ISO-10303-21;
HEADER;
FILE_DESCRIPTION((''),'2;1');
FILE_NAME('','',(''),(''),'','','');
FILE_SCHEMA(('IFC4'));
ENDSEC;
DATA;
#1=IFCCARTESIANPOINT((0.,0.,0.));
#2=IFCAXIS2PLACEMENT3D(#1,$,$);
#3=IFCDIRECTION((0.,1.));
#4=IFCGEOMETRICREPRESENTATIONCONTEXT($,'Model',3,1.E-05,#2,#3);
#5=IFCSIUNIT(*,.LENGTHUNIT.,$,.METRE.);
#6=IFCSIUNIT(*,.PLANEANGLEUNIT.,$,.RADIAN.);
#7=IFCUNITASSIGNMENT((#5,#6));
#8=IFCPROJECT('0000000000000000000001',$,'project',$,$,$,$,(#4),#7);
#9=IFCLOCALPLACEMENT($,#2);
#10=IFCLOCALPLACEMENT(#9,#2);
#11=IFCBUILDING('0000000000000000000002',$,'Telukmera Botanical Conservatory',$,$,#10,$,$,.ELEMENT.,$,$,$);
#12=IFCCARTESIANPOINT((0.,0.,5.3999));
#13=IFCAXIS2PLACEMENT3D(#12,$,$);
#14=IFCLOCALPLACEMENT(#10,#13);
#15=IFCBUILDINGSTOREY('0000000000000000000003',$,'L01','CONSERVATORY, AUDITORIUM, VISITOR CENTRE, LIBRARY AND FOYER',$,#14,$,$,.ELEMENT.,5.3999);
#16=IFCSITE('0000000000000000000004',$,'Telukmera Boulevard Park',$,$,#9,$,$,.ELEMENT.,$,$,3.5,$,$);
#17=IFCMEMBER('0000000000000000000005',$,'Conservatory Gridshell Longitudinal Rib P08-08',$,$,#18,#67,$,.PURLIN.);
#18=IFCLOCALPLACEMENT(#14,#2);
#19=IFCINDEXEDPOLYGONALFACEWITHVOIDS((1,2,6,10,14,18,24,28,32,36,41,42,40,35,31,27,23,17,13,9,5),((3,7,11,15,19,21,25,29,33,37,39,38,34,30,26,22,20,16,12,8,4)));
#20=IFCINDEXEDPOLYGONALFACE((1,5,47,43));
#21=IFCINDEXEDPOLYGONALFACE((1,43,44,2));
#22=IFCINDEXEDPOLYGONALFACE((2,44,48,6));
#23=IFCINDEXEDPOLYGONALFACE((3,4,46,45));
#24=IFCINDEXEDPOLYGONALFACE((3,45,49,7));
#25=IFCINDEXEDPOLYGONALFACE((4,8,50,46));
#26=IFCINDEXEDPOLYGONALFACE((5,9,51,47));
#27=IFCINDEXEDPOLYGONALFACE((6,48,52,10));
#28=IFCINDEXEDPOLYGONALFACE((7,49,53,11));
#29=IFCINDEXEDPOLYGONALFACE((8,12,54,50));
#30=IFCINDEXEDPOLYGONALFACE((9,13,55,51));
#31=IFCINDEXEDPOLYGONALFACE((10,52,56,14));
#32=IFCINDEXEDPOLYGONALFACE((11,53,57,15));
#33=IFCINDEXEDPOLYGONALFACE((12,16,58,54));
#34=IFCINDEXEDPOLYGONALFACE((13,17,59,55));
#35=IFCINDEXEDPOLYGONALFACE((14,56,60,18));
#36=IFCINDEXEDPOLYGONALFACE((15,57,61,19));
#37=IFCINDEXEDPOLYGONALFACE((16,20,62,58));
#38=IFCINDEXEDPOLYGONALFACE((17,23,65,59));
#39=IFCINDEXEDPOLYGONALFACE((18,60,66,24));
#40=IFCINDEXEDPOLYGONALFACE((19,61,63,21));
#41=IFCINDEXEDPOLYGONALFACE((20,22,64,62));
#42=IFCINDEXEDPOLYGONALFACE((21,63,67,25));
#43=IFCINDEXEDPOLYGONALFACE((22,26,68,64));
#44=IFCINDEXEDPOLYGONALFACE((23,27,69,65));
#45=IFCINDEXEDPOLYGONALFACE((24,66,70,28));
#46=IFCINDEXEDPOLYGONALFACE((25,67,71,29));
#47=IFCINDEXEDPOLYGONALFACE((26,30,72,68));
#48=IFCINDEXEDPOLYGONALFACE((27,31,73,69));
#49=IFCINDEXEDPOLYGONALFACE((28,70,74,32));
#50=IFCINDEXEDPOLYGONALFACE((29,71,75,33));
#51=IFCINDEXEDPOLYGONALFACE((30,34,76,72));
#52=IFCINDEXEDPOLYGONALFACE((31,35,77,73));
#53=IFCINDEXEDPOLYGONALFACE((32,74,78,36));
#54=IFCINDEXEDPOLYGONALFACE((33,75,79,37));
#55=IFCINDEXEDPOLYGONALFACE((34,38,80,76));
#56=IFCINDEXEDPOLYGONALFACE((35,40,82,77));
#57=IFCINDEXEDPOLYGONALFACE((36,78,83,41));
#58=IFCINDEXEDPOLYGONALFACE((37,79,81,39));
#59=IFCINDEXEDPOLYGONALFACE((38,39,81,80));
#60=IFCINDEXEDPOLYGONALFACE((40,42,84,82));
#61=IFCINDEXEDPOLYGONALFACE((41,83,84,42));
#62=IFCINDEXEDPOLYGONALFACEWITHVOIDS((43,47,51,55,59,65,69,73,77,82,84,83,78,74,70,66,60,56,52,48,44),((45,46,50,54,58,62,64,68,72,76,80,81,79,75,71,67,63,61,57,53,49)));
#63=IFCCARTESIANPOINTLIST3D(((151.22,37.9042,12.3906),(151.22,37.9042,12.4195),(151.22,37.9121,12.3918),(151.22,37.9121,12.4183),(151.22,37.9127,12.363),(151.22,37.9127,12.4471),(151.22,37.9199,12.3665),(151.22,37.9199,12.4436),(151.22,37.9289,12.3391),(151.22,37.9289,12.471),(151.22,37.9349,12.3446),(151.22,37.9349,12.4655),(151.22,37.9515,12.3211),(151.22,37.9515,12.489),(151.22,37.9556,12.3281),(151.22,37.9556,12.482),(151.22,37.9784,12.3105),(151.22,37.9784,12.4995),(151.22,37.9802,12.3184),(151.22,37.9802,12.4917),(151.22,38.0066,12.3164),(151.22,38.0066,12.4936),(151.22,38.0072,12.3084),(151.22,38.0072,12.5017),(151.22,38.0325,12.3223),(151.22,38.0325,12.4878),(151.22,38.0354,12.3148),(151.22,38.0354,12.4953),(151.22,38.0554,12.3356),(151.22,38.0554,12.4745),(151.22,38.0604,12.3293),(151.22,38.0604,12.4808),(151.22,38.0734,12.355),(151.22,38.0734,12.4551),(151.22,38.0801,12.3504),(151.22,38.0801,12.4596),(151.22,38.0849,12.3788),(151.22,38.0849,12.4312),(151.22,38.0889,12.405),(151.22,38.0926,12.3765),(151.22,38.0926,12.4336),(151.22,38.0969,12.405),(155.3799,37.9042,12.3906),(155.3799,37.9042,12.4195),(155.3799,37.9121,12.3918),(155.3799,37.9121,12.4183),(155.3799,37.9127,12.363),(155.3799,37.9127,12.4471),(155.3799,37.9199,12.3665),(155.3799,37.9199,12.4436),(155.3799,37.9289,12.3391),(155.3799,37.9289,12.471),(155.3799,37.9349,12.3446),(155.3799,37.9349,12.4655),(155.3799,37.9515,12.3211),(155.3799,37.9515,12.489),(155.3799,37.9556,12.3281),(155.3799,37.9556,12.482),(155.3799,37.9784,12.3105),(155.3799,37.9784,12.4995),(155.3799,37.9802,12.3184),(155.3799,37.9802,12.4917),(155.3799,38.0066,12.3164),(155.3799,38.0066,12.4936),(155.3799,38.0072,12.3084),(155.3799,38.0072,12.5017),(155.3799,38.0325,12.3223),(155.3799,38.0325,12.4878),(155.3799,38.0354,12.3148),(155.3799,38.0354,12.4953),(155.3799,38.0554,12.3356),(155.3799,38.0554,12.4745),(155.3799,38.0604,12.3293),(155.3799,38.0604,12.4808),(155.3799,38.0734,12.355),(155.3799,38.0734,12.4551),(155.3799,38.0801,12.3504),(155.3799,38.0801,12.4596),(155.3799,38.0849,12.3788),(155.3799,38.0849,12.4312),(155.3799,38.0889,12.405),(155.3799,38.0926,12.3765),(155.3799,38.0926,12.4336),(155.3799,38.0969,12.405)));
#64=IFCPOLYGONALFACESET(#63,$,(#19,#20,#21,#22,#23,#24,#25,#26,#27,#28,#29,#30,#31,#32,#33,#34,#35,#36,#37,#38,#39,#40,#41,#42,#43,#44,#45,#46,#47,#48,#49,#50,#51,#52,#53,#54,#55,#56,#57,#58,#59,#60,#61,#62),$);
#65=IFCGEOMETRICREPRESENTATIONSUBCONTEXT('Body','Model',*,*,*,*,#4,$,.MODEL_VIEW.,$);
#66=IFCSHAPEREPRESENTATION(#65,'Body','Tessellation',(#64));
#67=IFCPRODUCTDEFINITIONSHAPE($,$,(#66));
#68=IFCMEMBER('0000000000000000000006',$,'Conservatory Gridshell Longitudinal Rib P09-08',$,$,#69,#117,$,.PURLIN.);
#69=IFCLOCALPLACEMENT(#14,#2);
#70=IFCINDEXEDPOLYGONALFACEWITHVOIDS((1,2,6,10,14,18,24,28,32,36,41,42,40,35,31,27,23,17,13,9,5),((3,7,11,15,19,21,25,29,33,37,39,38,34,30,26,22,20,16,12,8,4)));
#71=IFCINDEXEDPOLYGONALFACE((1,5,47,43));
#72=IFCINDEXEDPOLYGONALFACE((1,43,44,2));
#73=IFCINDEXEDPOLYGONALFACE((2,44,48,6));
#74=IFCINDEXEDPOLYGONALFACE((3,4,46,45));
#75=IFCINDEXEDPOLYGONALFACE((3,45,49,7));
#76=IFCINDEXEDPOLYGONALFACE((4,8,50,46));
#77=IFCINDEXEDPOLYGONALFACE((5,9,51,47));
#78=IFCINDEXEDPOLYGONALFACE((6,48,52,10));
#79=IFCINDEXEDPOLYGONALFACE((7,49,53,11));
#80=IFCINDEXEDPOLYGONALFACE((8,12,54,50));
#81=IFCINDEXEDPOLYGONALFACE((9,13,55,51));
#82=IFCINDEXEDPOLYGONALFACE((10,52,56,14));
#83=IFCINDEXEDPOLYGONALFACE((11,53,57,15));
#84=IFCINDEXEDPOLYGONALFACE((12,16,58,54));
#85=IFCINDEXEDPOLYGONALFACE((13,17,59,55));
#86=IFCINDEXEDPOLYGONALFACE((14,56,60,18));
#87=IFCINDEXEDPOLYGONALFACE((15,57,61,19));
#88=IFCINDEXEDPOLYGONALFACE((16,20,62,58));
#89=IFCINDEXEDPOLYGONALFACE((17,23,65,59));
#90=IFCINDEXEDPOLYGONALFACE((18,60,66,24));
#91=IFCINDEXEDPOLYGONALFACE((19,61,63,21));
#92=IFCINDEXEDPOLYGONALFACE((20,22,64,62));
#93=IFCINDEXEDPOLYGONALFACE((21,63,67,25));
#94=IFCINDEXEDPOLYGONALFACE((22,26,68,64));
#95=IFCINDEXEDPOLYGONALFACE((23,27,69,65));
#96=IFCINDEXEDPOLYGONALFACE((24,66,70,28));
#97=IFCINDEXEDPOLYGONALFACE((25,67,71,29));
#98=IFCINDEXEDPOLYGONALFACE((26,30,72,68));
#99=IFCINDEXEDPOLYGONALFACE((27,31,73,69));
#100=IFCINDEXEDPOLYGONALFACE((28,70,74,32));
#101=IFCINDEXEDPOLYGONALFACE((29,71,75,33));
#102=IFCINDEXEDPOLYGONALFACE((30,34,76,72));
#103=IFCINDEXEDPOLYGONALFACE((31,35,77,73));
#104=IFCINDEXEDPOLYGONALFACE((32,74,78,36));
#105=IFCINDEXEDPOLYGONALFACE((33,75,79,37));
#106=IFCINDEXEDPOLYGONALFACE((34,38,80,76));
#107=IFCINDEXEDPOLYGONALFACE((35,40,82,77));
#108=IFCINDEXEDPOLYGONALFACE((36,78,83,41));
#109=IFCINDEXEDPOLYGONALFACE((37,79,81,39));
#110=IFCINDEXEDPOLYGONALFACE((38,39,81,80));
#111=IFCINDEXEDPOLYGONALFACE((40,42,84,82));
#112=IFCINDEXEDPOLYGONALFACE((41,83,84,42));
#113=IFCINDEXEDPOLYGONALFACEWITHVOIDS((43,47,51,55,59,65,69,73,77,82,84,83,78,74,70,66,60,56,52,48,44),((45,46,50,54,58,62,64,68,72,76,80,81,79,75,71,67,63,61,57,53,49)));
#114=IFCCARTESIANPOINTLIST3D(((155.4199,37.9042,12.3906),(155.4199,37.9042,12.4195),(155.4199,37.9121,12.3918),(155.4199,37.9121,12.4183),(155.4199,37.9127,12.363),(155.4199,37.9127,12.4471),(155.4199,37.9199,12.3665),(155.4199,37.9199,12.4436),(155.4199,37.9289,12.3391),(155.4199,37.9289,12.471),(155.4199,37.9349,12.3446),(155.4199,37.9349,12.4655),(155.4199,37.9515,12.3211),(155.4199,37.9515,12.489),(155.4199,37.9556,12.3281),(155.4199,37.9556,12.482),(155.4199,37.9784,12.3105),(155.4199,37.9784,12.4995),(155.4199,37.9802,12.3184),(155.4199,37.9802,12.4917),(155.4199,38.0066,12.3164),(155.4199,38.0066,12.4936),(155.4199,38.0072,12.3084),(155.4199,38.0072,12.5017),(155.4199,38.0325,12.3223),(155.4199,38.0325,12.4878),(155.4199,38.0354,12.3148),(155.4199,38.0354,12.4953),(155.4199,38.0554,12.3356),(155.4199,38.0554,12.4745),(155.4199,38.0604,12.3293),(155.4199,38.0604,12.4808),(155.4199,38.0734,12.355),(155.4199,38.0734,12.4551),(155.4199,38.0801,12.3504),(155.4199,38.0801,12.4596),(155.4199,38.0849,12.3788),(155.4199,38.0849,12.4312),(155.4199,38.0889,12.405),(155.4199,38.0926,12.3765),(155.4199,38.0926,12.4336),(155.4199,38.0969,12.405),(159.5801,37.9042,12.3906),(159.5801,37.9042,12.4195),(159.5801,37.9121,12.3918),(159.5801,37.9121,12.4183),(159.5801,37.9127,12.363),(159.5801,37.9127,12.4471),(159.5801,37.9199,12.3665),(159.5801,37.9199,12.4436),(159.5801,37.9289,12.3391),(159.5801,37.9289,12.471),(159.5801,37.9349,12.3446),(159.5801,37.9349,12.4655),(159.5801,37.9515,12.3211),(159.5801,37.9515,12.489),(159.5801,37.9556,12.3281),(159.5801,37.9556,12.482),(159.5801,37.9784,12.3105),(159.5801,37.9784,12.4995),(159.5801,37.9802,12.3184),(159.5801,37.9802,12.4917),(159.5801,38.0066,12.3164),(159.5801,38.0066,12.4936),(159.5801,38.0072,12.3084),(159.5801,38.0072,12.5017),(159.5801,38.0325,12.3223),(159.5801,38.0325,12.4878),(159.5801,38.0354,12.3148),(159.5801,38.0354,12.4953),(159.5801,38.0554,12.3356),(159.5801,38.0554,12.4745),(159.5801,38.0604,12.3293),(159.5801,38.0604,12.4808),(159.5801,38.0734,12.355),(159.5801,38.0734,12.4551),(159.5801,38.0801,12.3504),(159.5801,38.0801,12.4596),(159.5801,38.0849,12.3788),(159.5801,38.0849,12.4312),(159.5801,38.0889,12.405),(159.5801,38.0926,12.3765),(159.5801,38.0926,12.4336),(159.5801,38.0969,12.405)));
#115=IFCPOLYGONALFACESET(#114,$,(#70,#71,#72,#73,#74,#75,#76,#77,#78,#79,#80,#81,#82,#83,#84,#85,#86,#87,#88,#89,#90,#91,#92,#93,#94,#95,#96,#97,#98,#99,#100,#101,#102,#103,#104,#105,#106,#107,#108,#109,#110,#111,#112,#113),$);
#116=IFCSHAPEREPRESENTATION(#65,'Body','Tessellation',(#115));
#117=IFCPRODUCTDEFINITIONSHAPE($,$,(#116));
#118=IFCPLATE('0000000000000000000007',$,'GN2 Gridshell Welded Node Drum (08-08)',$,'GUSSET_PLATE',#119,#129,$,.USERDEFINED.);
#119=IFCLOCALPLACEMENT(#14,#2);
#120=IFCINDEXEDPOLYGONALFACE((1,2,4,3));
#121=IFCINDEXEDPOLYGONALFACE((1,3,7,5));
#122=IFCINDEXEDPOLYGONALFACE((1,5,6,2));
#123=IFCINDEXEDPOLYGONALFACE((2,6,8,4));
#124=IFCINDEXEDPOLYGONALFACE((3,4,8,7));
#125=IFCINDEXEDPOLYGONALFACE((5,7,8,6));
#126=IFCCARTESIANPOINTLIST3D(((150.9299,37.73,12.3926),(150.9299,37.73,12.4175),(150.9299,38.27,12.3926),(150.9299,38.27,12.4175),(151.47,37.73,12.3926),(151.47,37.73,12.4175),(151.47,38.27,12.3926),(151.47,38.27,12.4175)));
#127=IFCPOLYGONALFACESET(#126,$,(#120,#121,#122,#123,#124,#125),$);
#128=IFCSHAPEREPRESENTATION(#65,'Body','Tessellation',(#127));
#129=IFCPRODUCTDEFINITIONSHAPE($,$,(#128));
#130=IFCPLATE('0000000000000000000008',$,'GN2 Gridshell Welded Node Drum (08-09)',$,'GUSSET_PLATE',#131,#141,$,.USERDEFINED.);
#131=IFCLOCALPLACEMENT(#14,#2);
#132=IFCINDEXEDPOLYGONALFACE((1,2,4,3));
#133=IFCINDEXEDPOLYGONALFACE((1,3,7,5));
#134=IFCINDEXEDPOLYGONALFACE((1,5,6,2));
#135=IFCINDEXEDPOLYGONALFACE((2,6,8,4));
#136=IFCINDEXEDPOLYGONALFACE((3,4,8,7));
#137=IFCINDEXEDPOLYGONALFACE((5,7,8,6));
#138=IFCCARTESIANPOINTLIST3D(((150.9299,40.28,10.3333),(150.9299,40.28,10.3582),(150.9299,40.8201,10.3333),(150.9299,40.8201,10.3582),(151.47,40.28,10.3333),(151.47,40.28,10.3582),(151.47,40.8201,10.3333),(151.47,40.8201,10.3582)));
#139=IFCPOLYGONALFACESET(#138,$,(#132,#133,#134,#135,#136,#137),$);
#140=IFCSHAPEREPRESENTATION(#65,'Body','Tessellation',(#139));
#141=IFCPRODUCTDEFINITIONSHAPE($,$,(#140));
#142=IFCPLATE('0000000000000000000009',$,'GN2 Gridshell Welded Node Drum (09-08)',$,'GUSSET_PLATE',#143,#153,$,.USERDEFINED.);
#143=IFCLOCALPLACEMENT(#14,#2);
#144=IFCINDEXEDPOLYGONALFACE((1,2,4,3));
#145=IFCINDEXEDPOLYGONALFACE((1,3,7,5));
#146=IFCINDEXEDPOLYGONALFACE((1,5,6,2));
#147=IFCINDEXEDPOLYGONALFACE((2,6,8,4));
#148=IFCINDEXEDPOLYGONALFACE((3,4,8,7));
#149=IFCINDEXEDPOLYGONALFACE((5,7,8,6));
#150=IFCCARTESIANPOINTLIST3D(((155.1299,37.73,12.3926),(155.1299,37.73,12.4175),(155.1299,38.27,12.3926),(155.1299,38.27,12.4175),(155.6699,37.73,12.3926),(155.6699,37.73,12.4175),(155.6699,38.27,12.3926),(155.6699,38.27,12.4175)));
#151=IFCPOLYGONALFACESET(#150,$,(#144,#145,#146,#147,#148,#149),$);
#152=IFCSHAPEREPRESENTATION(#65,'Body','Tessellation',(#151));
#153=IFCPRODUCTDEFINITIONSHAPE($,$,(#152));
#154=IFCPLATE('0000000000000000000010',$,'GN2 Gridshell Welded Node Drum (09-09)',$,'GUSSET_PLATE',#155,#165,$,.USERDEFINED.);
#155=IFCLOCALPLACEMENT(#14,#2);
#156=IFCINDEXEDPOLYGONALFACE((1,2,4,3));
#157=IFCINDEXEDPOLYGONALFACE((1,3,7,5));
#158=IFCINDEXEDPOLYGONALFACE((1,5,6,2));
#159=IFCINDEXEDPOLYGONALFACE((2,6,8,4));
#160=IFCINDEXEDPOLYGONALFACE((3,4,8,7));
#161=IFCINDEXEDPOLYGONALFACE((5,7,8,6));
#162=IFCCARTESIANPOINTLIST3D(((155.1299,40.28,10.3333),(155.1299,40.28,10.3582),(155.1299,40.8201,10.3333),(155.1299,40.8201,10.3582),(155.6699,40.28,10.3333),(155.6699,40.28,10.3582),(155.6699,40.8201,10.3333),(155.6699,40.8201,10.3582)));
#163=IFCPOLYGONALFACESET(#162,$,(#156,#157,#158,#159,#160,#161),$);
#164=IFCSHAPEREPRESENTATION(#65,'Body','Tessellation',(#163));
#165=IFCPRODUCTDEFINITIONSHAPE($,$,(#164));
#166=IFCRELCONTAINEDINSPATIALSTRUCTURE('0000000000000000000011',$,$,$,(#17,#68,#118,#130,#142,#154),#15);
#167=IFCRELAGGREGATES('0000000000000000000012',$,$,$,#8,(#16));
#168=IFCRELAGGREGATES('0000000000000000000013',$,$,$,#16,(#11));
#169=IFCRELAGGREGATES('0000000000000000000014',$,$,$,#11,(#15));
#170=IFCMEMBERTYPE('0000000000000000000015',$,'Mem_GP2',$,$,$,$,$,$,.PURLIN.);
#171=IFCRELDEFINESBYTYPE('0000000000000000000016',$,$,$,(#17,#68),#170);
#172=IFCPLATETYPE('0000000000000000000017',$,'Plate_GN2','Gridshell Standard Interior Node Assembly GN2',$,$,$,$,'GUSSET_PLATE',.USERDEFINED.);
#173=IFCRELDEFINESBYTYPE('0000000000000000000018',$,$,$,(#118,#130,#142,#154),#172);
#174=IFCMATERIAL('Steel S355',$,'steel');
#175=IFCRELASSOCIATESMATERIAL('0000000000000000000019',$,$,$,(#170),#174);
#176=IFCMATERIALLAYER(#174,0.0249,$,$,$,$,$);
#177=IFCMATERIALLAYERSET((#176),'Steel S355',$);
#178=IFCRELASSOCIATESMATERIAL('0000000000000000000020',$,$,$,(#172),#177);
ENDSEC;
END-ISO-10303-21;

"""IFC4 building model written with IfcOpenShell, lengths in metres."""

from ifc_helpers import new_model, si_unit, direction, frame, origin, origin_2d, place, context, subcontext, project, spatial, rectangle, hollow_circle, extrude, material, layer, layer_set, material_profile, profile_set, type_object, element, save


model = new_model("IFC4")

# Units and contexts
model_context = context("Model", 3, precision=1e-05, world=origin(), true_north=direction((0.0, 1.0)))
body_context = subcontext(model_context, "Body", "Model", "MODEL_VIEW")
ifc_project = project(units=[si_unit("LENGTHUNIT", "METRE"), si_unit("PLANEANGLEUNIT", "RADIAN")], contexts=[model_context])

# Site, building, storey
site_placement = place(None, origin())
site = spatial("IfcSite", under=ifc_project, at=site_placement, Name="Telukmera Boulevard Park", CompositionType="ELEMENT", RefElevation=3.5)
building_placement = place(site_placement, origin())
building = spatial("IfcBuilding", under=site, at=building_placement, Name="Telukmera Botanical Conservatory", CompositionType="ELEMENT")
storey_placement = place(building_placement, frame((0.0, 0.0, 5.3999)))
storey = spatial("IfcBuildingStorey", under=building, at=storey_placement, Name="L01", Description="CONSERVATORY, AUDITORIUM, VISITOR CENTRE, LIBRARY AND FOYER", CompositionType="ELEMENT", Elevation=5.3999)

# Shared definitions
ifc_material_1 = material(Name="Steel S355", Category="steel")

# Members
ifc_material_profile_1 = material_profile(ifc_material_1, hollow_circle(Radius=0.0969, WallThickness=0.0081, at=origin_2d()), Name="CHS 193.7x8.0")
ifc_profile_set_1 = profile_set([ifc_material_profile_1], Name="Steel S355")
member_type_1 = type_object("IfcMemberType", Name="Mem_GP2", PredefinedType="PURLIN", material=ifc_profile_set_1)
for number, where, z_axis, x_axis, name in (
    (1, (151.22, 38.0, 12.405), (1.0, 0.0, 0.0), (0.0, 1.0, 0.0), "Conservatory Gridshell Longitudinal Rib P08-08"),
):
    element("IfcMember", number, at=place(storey_placement, frame(where, z_axis=z_axis, x_axis=x_axis)), inside=storey, type_object=member_type_1, Name=name, PredefinedType="PURLIN", context=body_context, shape_type="SweptSolid", body=[
        extrude(hollow_circle(Radius=0.0969, WallThickness=0.0081, at=origin_2d()), origin(), (0.0, 0.0, 1.0), 4.1599),
    ])
member_1_placement = place(storey_placement, frame((155.4199, 38.0, 12.405), z_axis=(1.0, 0.0, 0.0), x_axis=(0.0, 1.0, 0.0)))
element("IfcMember", 2, at=member_1_placement, inside=storey, type_object=member_type_1, Name="Conservatory Gridshell Longitudinal Rib P09-08", PredefinedType="PURLIN", context=body_context, shape_type="SweptSolid", body=[
    extrude(hollow_circle(Radius=0.0969, WallThickness=0.0081, at=origin_2d()), origin(), (0.0, 0.0, 1.0), 4.1602),
])

# Plates
ifc_layer_1 = layer(ifc_material_1, 0.0249)
ifc_layer_set_1 = layer_set([ifc_layer_1], Name="Steel S355")
plate_type = type_object("IfcPlateType", Name="Plate_GN2", Description="Gridshell Standard Interior Node Assembly GN2", ElementType="GUSSET_PLATE", PredefinedType="USERDEFINED", material=ifc_layer_set_1)
for number, where, z_axis, x_axis, name in (
    (3, (151.2, 38.0, 12.3926), (0.0, 0.0, 1.0), (1.0, 0.0, 0.0), "GN2 Gridshell Welded Node Drum (08-08)"),
    (4, (151.2, 40.55, 10.3333), (0.0, 0.0, 1.0), (1.0, 0.0, 0.0), "GN2 Gridshell Welded Node Drum (08-09)"),
    (5, (155.3999, 38.0, 12.3926), (0.0, 0.0, 1.0), (1.0, 0.0, 0.0), "GN2 Gridshell Welded Node Drum (09-08)"),
    (6, (155.3999, 40.55, 10.3333), (0.0, 0.0, 1.0), (1.0, 0.0, 0.0), "GN2 Gridshell Welded Node Drum (09-09)"),
):
    element("IfcPlate", number, at=place(storey_placement, frame(where, z_axis=z_axis, x_axis=x_axis)), inside=storey, type_object=plate_type, Name=name, ObjectType="GUSSET_PLATE", PredefinedType="USERDEFINED", context=body_context, shape_type="SweptSolid", body=[
        extrude(rectangle(XDim=0.54, YDim=0.54, at=origin_2d()), origin(), (0.0, 0.0, 1.0), 0.0249),
    ])

save(model, "model.ifc")
